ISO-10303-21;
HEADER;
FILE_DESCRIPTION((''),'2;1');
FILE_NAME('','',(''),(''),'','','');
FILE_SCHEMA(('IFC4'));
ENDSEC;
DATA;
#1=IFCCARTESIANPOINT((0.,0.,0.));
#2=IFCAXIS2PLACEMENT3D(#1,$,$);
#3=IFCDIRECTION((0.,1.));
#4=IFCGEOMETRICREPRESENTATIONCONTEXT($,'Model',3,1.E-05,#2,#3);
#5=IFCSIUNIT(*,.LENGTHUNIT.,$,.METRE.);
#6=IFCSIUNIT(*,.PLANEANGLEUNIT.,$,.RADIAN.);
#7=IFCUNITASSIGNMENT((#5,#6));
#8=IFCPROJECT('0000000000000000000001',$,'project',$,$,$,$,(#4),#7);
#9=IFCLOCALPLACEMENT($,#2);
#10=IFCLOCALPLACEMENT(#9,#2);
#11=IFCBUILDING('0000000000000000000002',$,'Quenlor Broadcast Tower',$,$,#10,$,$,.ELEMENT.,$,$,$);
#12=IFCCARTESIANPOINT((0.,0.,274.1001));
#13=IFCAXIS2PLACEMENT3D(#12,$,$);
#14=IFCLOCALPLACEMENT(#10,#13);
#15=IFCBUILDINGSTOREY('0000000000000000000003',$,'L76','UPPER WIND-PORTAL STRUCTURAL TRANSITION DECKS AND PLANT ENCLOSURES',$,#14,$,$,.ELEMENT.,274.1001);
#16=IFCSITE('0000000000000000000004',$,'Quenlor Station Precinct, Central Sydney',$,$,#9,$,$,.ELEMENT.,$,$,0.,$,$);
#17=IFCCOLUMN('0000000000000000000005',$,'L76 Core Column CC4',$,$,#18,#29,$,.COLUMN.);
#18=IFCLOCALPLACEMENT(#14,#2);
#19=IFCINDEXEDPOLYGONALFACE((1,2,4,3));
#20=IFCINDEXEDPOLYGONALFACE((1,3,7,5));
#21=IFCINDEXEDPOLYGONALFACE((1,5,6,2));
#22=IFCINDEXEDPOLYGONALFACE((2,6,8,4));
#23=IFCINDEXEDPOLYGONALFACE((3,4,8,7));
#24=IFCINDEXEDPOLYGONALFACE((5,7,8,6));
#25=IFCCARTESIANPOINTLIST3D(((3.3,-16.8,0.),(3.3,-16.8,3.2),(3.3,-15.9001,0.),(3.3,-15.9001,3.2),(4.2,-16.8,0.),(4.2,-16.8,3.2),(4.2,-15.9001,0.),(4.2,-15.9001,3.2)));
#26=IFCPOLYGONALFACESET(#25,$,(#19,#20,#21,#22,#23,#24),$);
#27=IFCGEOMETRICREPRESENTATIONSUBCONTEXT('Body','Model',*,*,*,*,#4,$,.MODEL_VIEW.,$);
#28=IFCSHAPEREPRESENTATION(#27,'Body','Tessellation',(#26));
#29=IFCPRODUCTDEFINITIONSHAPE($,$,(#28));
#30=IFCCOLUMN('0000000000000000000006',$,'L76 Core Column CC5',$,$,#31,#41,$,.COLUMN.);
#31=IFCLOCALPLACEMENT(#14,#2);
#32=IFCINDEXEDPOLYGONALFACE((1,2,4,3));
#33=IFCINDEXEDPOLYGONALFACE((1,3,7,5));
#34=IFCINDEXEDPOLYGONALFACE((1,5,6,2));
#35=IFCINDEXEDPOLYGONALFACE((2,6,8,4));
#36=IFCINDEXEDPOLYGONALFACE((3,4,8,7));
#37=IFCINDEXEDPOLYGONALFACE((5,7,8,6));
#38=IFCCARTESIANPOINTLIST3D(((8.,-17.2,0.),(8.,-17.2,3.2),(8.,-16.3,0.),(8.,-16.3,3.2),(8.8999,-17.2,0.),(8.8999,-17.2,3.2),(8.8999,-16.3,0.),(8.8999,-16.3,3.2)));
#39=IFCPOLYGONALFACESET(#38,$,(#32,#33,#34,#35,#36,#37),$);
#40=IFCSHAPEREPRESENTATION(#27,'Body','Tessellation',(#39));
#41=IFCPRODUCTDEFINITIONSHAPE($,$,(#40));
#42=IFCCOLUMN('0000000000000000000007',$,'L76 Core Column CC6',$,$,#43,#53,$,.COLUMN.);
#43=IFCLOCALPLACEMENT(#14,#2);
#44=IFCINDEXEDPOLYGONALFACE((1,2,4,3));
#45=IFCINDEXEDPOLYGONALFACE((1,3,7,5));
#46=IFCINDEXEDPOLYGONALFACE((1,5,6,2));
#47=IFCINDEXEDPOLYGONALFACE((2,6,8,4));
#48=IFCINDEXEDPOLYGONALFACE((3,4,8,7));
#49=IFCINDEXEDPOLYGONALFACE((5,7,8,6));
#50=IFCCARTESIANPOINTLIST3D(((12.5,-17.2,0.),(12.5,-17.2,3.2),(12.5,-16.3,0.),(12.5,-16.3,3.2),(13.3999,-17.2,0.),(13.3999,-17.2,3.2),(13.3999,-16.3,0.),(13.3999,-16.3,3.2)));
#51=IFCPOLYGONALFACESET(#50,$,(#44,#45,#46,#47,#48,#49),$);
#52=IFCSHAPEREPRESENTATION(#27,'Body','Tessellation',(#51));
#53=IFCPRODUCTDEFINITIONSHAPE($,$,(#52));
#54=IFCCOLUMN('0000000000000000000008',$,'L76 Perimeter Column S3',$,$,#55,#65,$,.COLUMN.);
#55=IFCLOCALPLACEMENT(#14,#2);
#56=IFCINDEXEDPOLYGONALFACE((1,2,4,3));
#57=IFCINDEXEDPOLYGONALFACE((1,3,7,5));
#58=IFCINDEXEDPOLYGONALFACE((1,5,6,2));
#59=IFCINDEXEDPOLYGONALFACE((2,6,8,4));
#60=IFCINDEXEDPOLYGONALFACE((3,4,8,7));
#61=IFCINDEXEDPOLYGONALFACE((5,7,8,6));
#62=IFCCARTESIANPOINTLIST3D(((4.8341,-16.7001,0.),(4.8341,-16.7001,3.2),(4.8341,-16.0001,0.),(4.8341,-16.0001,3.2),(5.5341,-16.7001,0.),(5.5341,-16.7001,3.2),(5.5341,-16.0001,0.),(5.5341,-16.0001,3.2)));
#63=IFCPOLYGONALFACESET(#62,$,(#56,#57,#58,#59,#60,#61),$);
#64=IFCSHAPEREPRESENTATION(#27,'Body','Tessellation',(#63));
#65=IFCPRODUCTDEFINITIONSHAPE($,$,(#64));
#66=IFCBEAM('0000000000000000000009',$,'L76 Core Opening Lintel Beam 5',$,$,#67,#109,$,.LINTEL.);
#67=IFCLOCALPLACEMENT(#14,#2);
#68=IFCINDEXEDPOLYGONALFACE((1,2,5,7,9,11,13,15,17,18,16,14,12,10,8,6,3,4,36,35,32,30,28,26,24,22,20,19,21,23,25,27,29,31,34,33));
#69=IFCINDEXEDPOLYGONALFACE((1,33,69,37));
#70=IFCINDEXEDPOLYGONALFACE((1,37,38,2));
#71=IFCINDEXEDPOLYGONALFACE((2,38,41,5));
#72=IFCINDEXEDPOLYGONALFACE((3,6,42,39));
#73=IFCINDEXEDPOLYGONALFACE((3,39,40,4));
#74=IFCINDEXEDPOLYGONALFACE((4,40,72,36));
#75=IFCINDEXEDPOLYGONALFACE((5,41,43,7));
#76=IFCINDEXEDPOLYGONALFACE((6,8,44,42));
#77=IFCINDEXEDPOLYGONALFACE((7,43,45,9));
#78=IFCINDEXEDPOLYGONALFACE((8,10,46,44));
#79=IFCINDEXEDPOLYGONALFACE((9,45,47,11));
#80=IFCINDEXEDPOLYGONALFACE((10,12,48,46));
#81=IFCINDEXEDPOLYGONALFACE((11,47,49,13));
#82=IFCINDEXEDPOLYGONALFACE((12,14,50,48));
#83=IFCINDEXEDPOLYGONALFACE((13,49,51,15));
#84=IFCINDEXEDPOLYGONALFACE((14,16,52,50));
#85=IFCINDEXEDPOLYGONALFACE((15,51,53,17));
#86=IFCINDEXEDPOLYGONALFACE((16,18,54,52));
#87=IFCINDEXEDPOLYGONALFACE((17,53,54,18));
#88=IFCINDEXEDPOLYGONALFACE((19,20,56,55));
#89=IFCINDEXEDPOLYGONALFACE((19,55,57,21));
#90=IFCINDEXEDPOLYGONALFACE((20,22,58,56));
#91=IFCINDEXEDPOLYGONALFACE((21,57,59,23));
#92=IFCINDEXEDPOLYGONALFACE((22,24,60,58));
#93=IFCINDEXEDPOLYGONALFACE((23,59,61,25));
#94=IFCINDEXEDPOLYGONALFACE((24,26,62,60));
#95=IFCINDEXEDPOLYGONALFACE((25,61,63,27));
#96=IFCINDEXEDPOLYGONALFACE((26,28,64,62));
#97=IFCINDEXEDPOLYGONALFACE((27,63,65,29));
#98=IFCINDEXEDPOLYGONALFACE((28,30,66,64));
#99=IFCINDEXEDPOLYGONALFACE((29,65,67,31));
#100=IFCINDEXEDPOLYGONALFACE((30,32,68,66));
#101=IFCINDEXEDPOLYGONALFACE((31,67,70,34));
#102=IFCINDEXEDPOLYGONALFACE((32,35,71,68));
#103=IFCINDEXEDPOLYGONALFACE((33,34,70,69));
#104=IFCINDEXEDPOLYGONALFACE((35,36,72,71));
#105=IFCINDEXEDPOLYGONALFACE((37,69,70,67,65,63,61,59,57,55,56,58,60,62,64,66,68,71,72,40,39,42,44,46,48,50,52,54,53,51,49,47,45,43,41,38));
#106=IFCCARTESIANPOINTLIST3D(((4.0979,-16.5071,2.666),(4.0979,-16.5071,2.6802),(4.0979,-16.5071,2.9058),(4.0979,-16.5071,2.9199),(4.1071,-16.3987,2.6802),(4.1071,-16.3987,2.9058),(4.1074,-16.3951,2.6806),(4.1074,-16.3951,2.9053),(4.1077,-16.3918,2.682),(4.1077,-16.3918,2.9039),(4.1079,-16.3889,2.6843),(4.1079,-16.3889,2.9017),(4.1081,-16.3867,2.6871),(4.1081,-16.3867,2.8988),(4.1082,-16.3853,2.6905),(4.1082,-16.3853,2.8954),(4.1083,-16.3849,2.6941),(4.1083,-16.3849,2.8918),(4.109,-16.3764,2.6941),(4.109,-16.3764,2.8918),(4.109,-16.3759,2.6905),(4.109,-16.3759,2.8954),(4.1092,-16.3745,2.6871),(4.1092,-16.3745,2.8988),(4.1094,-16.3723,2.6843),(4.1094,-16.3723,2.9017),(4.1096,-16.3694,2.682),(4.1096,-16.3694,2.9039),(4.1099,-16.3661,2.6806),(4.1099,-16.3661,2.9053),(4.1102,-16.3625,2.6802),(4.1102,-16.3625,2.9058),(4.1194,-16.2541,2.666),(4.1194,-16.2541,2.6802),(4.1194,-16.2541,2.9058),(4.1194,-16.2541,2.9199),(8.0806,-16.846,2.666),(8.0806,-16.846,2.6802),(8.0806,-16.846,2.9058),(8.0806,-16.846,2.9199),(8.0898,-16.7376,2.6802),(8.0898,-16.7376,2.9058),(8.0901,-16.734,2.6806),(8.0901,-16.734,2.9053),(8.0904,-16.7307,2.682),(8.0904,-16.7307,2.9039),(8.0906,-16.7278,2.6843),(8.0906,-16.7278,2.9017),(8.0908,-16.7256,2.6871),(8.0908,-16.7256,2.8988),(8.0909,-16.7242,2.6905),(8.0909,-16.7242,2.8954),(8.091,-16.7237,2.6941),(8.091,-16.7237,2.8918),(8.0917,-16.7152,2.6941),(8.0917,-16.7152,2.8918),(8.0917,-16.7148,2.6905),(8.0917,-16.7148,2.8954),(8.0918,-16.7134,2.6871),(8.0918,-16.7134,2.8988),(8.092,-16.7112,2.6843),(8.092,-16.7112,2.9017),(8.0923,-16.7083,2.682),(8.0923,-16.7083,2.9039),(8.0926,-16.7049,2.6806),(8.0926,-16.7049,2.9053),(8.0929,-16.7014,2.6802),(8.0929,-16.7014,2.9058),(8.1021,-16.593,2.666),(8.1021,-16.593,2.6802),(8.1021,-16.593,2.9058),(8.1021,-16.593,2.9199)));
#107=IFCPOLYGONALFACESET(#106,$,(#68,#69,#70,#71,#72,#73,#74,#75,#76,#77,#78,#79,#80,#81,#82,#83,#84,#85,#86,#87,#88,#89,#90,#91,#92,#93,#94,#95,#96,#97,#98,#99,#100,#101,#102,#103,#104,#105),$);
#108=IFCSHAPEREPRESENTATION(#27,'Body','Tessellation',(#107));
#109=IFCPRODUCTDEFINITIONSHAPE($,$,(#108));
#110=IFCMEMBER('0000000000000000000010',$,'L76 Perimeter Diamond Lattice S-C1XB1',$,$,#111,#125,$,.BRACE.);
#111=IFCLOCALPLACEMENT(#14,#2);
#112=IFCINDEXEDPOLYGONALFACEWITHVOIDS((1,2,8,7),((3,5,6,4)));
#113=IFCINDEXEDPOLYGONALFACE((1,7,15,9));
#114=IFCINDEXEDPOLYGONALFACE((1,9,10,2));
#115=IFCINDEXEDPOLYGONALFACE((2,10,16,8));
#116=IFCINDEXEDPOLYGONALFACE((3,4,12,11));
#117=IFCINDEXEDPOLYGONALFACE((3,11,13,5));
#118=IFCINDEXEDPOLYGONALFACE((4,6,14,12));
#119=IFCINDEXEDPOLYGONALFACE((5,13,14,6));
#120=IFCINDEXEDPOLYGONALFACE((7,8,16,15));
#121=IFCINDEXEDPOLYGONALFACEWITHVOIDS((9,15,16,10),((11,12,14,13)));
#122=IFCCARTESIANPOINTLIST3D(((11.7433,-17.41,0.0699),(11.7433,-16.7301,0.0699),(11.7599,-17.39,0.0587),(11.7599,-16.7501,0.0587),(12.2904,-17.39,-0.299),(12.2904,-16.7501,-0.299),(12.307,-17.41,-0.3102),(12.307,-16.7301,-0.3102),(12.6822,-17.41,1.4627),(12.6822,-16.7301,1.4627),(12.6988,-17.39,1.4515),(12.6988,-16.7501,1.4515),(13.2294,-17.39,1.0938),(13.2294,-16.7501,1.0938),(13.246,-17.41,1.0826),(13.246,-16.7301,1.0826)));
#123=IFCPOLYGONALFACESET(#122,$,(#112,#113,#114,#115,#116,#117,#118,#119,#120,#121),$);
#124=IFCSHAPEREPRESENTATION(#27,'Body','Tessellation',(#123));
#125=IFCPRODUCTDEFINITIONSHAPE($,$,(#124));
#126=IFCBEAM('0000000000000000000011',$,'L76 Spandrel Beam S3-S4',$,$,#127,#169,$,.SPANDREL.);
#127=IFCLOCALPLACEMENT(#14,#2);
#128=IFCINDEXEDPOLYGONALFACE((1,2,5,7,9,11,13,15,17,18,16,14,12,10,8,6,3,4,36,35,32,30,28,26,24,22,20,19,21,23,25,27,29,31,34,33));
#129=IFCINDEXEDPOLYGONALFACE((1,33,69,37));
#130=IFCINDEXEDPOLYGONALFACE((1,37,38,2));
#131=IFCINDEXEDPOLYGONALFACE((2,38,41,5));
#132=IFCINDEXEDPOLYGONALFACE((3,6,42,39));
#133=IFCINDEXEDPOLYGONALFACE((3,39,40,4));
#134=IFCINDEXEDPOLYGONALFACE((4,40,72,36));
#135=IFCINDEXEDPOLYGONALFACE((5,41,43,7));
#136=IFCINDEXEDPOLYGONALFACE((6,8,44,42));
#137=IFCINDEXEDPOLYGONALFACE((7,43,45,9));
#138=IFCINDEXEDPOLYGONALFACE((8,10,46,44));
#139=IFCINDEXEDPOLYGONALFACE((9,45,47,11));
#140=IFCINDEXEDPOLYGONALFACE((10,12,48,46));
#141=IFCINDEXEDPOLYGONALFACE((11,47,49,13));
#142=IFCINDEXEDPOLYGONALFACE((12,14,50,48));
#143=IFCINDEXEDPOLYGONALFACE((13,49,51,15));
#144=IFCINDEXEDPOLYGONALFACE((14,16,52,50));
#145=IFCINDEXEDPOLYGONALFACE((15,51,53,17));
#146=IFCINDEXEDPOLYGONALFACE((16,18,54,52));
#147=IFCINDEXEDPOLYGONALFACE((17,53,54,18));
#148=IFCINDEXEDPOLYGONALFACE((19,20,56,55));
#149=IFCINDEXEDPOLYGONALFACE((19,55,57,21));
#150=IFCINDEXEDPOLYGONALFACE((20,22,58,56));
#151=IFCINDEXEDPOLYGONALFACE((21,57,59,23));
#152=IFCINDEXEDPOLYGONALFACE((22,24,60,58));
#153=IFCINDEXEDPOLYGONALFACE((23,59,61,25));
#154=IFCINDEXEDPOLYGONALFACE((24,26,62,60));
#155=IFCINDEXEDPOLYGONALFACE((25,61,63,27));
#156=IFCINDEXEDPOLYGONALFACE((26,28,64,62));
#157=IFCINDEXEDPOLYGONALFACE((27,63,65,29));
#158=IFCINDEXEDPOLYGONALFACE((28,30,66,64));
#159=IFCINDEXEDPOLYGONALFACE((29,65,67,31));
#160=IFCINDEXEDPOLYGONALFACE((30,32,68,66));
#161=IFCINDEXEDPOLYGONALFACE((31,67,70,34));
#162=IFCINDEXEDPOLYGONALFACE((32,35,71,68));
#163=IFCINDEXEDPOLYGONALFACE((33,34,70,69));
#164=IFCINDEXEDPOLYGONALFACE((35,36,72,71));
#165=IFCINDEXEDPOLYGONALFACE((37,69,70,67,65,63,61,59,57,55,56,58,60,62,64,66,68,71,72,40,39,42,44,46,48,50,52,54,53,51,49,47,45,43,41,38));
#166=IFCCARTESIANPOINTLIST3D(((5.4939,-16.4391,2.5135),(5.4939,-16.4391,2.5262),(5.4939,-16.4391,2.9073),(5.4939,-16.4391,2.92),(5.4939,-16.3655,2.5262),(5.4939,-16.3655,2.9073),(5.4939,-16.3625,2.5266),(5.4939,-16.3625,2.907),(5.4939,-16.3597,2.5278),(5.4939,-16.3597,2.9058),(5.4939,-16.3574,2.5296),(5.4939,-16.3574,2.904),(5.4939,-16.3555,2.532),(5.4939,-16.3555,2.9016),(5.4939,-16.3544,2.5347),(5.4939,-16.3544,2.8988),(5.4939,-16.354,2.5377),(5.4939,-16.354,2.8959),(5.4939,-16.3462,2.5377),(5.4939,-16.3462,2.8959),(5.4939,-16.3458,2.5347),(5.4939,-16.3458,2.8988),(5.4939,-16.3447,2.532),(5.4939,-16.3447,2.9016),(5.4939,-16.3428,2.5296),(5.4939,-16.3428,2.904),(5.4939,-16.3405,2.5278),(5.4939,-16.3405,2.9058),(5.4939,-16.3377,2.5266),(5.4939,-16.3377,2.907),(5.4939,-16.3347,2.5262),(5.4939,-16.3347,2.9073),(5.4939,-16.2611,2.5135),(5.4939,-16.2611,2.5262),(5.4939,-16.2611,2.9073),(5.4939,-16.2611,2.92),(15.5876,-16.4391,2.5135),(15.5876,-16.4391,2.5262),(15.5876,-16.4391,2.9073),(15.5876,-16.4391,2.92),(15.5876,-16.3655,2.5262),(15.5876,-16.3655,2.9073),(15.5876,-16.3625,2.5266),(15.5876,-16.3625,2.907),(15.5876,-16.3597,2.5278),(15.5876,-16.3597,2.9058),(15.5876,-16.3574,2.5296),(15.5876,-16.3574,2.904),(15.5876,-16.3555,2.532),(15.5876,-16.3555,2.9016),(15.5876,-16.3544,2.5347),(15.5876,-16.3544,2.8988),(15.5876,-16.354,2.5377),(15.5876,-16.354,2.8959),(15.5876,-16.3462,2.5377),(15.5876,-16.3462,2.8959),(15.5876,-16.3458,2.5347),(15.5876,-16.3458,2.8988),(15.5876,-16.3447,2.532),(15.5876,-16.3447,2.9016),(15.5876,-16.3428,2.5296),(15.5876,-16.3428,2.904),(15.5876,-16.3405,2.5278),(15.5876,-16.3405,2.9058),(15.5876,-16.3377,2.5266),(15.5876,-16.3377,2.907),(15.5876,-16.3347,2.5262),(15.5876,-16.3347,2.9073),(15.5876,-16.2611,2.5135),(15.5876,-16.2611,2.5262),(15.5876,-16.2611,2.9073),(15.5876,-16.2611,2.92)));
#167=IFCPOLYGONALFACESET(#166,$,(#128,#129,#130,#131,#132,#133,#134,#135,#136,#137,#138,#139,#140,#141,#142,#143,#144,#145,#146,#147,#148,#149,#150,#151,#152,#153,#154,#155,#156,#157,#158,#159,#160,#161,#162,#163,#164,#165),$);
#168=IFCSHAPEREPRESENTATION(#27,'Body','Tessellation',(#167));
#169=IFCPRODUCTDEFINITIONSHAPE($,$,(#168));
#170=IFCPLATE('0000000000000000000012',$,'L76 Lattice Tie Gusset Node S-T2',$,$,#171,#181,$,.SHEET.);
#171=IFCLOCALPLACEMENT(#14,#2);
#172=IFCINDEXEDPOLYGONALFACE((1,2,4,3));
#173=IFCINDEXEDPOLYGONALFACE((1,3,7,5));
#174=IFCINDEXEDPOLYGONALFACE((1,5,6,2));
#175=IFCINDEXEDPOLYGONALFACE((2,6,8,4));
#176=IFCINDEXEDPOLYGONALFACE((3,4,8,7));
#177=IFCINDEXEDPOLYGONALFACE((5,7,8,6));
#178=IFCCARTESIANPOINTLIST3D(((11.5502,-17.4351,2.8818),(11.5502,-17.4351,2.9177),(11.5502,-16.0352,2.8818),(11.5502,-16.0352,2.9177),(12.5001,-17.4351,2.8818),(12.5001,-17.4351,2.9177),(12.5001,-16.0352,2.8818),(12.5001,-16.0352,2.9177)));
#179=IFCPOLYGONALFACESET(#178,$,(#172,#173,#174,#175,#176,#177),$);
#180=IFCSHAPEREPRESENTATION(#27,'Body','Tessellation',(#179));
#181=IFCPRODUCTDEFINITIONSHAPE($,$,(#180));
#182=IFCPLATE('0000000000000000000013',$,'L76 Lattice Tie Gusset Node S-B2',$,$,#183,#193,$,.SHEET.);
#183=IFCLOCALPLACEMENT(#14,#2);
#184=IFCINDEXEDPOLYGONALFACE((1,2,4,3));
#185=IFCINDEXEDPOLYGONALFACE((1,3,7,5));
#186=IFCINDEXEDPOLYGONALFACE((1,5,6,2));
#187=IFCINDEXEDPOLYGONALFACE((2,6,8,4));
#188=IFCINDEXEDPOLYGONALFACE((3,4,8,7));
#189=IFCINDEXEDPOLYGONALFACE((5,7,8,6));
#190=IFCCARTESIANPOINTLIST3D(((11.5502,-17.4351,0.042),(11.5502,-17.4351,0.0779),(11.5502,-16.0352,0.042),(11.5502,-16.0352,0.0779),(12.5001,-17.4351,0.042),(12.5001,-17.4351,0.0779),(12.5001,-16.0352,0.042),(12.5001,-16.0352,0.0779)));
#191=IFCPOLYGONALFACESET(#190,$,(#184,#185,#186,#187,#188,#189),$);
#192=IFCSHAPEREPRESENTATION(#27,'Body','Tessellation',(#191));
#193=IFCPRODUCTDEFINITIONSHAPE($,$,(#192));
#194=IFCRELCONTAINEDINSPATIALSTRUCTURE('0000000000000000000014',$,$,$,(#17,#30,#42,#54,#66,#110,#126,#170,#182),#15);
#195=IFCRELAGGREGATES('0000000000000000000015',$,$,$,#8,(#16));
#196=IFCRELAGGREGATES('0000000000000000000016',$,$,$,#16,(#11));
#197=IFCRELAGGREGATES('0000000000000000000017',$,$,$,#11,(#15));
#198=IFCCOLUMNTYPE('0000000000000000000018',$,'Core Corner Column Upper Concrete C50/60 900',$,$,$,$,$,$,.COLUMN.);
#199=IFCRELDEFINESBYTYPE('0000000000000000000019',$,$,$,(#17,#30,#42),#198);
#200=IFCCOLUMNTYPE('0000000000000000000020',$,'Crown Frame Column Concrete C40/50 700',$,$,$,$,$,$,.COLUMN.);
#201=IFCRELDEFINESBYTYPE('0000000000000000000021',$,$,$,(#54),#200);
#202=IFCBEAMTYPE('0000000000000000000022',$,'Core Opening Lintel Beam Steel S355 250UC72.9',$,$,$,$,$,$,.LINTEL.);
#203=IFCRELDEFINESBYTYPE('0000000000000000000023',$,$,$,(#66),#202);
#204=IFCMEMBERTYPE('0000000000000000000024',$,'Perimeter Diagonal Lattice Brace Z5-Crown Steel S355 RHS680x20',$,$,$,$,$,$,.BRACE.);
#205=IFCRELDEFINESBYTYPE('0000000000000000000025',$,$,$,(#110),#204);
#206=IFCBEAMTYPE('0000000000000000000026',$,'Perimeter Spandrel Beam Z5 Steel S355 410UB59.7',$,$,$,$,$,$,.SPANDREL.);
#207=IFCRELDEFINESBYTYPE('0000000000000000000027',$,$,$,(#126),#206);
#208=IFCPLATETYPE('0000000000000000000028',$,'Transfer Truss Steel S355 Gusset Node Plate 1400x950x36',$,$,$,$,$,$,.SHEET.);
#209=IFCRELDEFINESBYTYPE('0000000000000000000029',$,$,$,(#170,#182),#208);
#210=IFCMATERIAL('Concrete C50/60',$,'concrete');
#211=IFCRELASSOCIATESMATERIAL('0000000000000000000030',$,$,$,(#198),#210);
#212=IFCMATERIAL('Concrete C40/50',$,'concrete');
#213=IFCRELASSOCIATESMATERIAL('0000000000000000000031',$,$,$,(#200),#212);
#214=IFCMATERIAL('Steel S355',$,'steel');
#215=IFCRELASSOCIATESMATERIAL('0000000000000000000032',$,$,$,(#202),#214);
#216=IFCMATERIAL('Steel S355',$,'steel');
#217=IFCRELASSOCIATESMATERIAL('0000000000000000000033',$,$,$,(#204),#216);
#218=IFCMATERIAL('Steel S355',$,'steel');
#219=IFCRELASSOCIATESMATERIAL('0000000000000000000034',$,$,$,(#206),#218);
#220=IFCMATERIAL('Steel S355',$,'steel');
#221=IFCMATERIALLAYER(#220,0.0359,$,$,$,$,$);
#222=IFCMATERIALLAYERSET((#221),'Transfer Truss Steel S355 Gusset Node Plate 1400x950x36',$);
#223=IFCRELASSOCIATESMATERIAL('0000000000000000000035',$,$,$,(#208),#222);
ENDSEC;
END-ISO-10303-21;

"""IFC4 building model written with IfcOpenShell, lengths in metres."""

from ifc_helpers import new_model, si_unit, direction, frame, origin, origin_2d, place, context, subcontext, project, spatial, rectangle, hollow_rectangle, i_section, extrude, material, layer, layer_set, material_profile, profile_set, type_object, element, save


model = new_model("IFC4")

# Units and contexts
model_context = context("Model", 3, precision=1e-05, world=origin(), true_north=direction((0.0, 1.0)))
body_context = subcontext(model_context, "Body", "Model", "MODEL_VIEW")
ifc_project = project(units=[si_unit("LENGTHUNIT", "METRE"), si_unit("PLANEANGLEUNIT", "RADIAN")], contexts=[model_context])

# Site, building, storey
site_placement = place(None, origin())
site = spatial("IfcSite", under=ifc_project, at=site_placement, Name="Quenlor Station Precinct, Central Sydney", CompositionType="ELEMENT", RefElevation=0.0)
building_placement = place(site_placement, origin())
building = spatial("IfcBuilding", under=site, at=building_placement, Name="Quenlor Broadcast Tower", CompositionType="ELEMENT")
storey_placement = place(building_placement, frame((0.0, 0.0, 274.1001)))
storey = spatial("IfcBuildingStorey", under=building, at=storey_placement, Name="L76", Description="UPPER WIND-PORTAL STRUCTURAL TRANSITION DECKS AND PLANT ENCLOSURES", CompositionType="ELEMENT", Elevation=274.1001)

# Columns
ifc_material_1 = material(Name="Concrete C50/60", Category="concrete")
ifc_material_profile_1 = material_profile(ifc_material_1, rectangle(XDim=0.8999, YDim=0.8999, at=origin_2d()))
ifc_profile_set_1 = profile_set([ifc_material_profile_1], Name="Concrete C50/60 RC900x900")
column_type_1 = type_object("IfcColumnType", Name="Core Corner Column Upper Concrete C50/60 900", PredefinedType="COLUMN", material=ifc_profile_set_1)
for number, where, z_axis, x_axis, name in (
    (1, (3.75, -16.3501, 0.0), (0.0, 0.0, 1.0), (1.0, 0.0, 0.0), "L76 Core Column CC4"),
    (2, (8.45, -16.75, 0.0), (0.0, 0.0, 1.0), (1.0, 0.0, 0.0), "L76 Core Column CC5"),
    (3, (12.95, -16.75, 0.0), (0.0, 0.0, 1.0), (1.0, 0.0, 0.0), "L76 Core Column CC6"),
):
    element("IfcColumn", number, at=place(storey_placement, frame(where, z_axis=z_axis, x_axis=x_axis)), inside=storey, type_object=column_type_1, Name=name, PredefinedType="COLUMN", context=body_context, shape_type="SweptSolid", body=[
        extrude(rectangle(XDim=0.8999, YDim=0.8999, at=origin_2d()), origin(), (0.0, 0.0, 1.0), 3.2),
    ])
ifc_material_2 = material(Name="Concrete C40/50", Category="concrete")
ifc_material_profile_2 = material_profile(ifc_material_2, rectangle(XDim=0.7, YDim=0.7, at=origin_2d()))
ifc_profile_set_2 = profile_set([ifc_material_profile_2], Name="Concrete C40/50 RC700x700")
column_type_2 = type_object("IfcColumnType", Name="Crown Frame Column Concrete C40/50 700", PredefinedType="COLUMN", material=ifc_profile_set_2)
column_placement = place(storey_placement, frame((5.1841, -16.3501, 0.0), z_axis=(0.0, 0.0, 1.0), x_axis=(0.0, 1.0, 0.0)))
element("IfcColumn", 4, at=column_placement, inside=storey, type_object=column_type_2, Name="L76 Perimeter Column S3", PredefinedType="COLUMN", context=body_context, shape_type="SweptSolid", body=[
    extrude(rectangle(XDim=0.7, YDim=0.7, at=origin_2d()), origin(), (0.0, 0.0, 1.0), 3.2),
])

# Beam
ifc_material_3 = material(Name="Steel S355", Category="steel")
ifc_material_profile_3 = material_profile(ifc_material_3, i_section(OverallWidth=0.2539, OverallDepth=0.2539, WebThickness=0.0085, FlangeThickness=0.0142, FilletRadius=0.0139, at=origin_2d()))
ifc_profile_set_3 = profile_set([ifc_material_profile_3], Name="Steel S355 250UC72.9")
beam_type_1 = type_object("IfcBeamType", Name="Core Opening Lintel Beam Steel S355 250UC72.9", PredefinedType="LINTEL", material=ifc_profile_set_3)
beam_1_placement = place(storey_placement, frame((4.1086, -16.3806, 2.793), z_axis=(0.9964, -0.084779, 0.0), x_axis=(0.084779, 0.9964, 0.0)))
element("IfcBeam", 5, at=beam_1_placement, inside=storey, type_object=beam_type_1, Name="L76 Core Opening Lintel Beam 5", PredefinedType="LINTEL", context=body_context, shape_type="SweptSolid", body=[
    extrude(i_section(OverallWidth=0.2539, OverallDepth=0.2539, WebThickness=0.0085, FlangeThickness=0.0142, FilletRadius=0.0139, at=origin_2d()), origin(), (0.0, 0.0, 1.0), 3.9971),
])

# Member
ifc_material_4 = material(Name="Steel S355", Category="steel")
ifc_material_profile_4 = material_profile(ifc_material_4, hollow_rectangle(XDim=0.6799, YDim=0.6799, WallThickness=0.02, at=origin_2d()))
ifc_profile_set_4 = profile_set([ifc_material_profile_4], Name="Steel S355 RHS680x680x20")
member_type = type_object("IfcMemberType", Name="Perimeter Diagonal Lattice Brace Z5-Crown Steel S355 RHS680x20", PredefinedType="BRACE", material=ifc_profile_set_4)
member_placement = place(storey_placement, frame((12.0251, -17.0701, -0.1201), z_axis=(0.558986, 0.0, 0.829177), x_axis=(0.0, 1.0, 0.0)))
element("IfcMember", 6, at=member_placement, inside=storey, type_object=member_type, Name="L76 Perimeter Diamond Lattice S-C1XB1", PredefinedType="BRACE", context=body_context, shape_type="SweptSolid", body=[
    extrude(hollow_rectangle(XDim=0.6799, YDim=0.6799, WallThickness=0.02, at=origin_2d()), origin(), (0.0, 0.0, 1.0), 1.6797),
])

# Beam
ifc_material_5 = material(Name="Steel S355", Category="steel")
ifc_material_profile_5 = material_profile(ifc_material_5, i_section(OverallWidth=0.178, OverallDepth=0.4065, WebThickness=0.0078, FlangeThickness=0.0127, FilletRadius=0.0115, at=origin_2d()))
ifc_profile_set_5 = profile_set([ifc_material_profile_5], Name="Steel S355 410UB59.7")
beam_type_2 = type_object("IfcBeamType", Name="Perimeter Spandrel Beam Z5 Steel S355 410UB59.7", PredefinedType="SPANDREL", material=ifc_profile_set_5)
beam_2_placement = place(storey_placement, frame((5.4939, -16.3501, 2.7168), z_axis=(1.0, 0.0, 0.0), x_axis=(0.0, 1.0, 0.0)))
element("IfcBeam", 7, at=beam_2_placement, inside=storey, type_object=beam_type_2, Name="L76 Spandrel Beam S3-S4", PredefinedType="SPANDREL", context=body_context, shape_type="SweptSolid", body=[
    extrude(i_section(OverallWidth=0.178, OverallDepth=0.4065, WebThickness=0.0078, FlangeThickness=0.0127, FilletRadius=0.0115, at=origin_2d()), origin(), (0.0, 0.0, 1.0), 10.0938),
])

# Plates
ifc_material_6 = material(Name="Steel S355", Category="steel")
ifc_layer_1 = layer(ifc_material_6, 0.0359)
ifc_layer_set_1 = layer_set([ifc_layer_1], Name="Transfer Truss Steel S355 Gusset Node Plate 1400x950x36")
plate_type = type_object("IfcPlateType", Name="Transfer Truss Steel S355 Gusset Node Plate 1400x950x36", PredefinedType="SHEET", material=ifc_layer_set_1)
for number, where, z_axis, x_axis, name in (
    (8, (12.0251, -16.7351, 2.8818), (0.0, 0.0, 1.0), (0.0, -1.0, 0.0), "L76 Lattice Tie Gusset Node S-T2"),
    (9, (12.0251, -16.7351, 0.042), (0.0, 0.0, 1.0), (0.0, -1.0, 0.0), "L76 Lattice Tie Gusset Node S-B2"),
):
    element("IfcPlate", number, at=place(storey_placement, frame(where, z_axis=z_axis, x_axis=x_axis)), inside=storey, type_object=plate_type, Name=name, PredefinedType="SHEET", context=body_context, shape_type="SweptSolid", body=[
        extrude(rectangle(XDim=1.3999, YDim=0.95, at=origin_2d()), origin(), (0.0, 0.0, 1.0), 0.0359),
    ])

save(model, "model.ifc")
